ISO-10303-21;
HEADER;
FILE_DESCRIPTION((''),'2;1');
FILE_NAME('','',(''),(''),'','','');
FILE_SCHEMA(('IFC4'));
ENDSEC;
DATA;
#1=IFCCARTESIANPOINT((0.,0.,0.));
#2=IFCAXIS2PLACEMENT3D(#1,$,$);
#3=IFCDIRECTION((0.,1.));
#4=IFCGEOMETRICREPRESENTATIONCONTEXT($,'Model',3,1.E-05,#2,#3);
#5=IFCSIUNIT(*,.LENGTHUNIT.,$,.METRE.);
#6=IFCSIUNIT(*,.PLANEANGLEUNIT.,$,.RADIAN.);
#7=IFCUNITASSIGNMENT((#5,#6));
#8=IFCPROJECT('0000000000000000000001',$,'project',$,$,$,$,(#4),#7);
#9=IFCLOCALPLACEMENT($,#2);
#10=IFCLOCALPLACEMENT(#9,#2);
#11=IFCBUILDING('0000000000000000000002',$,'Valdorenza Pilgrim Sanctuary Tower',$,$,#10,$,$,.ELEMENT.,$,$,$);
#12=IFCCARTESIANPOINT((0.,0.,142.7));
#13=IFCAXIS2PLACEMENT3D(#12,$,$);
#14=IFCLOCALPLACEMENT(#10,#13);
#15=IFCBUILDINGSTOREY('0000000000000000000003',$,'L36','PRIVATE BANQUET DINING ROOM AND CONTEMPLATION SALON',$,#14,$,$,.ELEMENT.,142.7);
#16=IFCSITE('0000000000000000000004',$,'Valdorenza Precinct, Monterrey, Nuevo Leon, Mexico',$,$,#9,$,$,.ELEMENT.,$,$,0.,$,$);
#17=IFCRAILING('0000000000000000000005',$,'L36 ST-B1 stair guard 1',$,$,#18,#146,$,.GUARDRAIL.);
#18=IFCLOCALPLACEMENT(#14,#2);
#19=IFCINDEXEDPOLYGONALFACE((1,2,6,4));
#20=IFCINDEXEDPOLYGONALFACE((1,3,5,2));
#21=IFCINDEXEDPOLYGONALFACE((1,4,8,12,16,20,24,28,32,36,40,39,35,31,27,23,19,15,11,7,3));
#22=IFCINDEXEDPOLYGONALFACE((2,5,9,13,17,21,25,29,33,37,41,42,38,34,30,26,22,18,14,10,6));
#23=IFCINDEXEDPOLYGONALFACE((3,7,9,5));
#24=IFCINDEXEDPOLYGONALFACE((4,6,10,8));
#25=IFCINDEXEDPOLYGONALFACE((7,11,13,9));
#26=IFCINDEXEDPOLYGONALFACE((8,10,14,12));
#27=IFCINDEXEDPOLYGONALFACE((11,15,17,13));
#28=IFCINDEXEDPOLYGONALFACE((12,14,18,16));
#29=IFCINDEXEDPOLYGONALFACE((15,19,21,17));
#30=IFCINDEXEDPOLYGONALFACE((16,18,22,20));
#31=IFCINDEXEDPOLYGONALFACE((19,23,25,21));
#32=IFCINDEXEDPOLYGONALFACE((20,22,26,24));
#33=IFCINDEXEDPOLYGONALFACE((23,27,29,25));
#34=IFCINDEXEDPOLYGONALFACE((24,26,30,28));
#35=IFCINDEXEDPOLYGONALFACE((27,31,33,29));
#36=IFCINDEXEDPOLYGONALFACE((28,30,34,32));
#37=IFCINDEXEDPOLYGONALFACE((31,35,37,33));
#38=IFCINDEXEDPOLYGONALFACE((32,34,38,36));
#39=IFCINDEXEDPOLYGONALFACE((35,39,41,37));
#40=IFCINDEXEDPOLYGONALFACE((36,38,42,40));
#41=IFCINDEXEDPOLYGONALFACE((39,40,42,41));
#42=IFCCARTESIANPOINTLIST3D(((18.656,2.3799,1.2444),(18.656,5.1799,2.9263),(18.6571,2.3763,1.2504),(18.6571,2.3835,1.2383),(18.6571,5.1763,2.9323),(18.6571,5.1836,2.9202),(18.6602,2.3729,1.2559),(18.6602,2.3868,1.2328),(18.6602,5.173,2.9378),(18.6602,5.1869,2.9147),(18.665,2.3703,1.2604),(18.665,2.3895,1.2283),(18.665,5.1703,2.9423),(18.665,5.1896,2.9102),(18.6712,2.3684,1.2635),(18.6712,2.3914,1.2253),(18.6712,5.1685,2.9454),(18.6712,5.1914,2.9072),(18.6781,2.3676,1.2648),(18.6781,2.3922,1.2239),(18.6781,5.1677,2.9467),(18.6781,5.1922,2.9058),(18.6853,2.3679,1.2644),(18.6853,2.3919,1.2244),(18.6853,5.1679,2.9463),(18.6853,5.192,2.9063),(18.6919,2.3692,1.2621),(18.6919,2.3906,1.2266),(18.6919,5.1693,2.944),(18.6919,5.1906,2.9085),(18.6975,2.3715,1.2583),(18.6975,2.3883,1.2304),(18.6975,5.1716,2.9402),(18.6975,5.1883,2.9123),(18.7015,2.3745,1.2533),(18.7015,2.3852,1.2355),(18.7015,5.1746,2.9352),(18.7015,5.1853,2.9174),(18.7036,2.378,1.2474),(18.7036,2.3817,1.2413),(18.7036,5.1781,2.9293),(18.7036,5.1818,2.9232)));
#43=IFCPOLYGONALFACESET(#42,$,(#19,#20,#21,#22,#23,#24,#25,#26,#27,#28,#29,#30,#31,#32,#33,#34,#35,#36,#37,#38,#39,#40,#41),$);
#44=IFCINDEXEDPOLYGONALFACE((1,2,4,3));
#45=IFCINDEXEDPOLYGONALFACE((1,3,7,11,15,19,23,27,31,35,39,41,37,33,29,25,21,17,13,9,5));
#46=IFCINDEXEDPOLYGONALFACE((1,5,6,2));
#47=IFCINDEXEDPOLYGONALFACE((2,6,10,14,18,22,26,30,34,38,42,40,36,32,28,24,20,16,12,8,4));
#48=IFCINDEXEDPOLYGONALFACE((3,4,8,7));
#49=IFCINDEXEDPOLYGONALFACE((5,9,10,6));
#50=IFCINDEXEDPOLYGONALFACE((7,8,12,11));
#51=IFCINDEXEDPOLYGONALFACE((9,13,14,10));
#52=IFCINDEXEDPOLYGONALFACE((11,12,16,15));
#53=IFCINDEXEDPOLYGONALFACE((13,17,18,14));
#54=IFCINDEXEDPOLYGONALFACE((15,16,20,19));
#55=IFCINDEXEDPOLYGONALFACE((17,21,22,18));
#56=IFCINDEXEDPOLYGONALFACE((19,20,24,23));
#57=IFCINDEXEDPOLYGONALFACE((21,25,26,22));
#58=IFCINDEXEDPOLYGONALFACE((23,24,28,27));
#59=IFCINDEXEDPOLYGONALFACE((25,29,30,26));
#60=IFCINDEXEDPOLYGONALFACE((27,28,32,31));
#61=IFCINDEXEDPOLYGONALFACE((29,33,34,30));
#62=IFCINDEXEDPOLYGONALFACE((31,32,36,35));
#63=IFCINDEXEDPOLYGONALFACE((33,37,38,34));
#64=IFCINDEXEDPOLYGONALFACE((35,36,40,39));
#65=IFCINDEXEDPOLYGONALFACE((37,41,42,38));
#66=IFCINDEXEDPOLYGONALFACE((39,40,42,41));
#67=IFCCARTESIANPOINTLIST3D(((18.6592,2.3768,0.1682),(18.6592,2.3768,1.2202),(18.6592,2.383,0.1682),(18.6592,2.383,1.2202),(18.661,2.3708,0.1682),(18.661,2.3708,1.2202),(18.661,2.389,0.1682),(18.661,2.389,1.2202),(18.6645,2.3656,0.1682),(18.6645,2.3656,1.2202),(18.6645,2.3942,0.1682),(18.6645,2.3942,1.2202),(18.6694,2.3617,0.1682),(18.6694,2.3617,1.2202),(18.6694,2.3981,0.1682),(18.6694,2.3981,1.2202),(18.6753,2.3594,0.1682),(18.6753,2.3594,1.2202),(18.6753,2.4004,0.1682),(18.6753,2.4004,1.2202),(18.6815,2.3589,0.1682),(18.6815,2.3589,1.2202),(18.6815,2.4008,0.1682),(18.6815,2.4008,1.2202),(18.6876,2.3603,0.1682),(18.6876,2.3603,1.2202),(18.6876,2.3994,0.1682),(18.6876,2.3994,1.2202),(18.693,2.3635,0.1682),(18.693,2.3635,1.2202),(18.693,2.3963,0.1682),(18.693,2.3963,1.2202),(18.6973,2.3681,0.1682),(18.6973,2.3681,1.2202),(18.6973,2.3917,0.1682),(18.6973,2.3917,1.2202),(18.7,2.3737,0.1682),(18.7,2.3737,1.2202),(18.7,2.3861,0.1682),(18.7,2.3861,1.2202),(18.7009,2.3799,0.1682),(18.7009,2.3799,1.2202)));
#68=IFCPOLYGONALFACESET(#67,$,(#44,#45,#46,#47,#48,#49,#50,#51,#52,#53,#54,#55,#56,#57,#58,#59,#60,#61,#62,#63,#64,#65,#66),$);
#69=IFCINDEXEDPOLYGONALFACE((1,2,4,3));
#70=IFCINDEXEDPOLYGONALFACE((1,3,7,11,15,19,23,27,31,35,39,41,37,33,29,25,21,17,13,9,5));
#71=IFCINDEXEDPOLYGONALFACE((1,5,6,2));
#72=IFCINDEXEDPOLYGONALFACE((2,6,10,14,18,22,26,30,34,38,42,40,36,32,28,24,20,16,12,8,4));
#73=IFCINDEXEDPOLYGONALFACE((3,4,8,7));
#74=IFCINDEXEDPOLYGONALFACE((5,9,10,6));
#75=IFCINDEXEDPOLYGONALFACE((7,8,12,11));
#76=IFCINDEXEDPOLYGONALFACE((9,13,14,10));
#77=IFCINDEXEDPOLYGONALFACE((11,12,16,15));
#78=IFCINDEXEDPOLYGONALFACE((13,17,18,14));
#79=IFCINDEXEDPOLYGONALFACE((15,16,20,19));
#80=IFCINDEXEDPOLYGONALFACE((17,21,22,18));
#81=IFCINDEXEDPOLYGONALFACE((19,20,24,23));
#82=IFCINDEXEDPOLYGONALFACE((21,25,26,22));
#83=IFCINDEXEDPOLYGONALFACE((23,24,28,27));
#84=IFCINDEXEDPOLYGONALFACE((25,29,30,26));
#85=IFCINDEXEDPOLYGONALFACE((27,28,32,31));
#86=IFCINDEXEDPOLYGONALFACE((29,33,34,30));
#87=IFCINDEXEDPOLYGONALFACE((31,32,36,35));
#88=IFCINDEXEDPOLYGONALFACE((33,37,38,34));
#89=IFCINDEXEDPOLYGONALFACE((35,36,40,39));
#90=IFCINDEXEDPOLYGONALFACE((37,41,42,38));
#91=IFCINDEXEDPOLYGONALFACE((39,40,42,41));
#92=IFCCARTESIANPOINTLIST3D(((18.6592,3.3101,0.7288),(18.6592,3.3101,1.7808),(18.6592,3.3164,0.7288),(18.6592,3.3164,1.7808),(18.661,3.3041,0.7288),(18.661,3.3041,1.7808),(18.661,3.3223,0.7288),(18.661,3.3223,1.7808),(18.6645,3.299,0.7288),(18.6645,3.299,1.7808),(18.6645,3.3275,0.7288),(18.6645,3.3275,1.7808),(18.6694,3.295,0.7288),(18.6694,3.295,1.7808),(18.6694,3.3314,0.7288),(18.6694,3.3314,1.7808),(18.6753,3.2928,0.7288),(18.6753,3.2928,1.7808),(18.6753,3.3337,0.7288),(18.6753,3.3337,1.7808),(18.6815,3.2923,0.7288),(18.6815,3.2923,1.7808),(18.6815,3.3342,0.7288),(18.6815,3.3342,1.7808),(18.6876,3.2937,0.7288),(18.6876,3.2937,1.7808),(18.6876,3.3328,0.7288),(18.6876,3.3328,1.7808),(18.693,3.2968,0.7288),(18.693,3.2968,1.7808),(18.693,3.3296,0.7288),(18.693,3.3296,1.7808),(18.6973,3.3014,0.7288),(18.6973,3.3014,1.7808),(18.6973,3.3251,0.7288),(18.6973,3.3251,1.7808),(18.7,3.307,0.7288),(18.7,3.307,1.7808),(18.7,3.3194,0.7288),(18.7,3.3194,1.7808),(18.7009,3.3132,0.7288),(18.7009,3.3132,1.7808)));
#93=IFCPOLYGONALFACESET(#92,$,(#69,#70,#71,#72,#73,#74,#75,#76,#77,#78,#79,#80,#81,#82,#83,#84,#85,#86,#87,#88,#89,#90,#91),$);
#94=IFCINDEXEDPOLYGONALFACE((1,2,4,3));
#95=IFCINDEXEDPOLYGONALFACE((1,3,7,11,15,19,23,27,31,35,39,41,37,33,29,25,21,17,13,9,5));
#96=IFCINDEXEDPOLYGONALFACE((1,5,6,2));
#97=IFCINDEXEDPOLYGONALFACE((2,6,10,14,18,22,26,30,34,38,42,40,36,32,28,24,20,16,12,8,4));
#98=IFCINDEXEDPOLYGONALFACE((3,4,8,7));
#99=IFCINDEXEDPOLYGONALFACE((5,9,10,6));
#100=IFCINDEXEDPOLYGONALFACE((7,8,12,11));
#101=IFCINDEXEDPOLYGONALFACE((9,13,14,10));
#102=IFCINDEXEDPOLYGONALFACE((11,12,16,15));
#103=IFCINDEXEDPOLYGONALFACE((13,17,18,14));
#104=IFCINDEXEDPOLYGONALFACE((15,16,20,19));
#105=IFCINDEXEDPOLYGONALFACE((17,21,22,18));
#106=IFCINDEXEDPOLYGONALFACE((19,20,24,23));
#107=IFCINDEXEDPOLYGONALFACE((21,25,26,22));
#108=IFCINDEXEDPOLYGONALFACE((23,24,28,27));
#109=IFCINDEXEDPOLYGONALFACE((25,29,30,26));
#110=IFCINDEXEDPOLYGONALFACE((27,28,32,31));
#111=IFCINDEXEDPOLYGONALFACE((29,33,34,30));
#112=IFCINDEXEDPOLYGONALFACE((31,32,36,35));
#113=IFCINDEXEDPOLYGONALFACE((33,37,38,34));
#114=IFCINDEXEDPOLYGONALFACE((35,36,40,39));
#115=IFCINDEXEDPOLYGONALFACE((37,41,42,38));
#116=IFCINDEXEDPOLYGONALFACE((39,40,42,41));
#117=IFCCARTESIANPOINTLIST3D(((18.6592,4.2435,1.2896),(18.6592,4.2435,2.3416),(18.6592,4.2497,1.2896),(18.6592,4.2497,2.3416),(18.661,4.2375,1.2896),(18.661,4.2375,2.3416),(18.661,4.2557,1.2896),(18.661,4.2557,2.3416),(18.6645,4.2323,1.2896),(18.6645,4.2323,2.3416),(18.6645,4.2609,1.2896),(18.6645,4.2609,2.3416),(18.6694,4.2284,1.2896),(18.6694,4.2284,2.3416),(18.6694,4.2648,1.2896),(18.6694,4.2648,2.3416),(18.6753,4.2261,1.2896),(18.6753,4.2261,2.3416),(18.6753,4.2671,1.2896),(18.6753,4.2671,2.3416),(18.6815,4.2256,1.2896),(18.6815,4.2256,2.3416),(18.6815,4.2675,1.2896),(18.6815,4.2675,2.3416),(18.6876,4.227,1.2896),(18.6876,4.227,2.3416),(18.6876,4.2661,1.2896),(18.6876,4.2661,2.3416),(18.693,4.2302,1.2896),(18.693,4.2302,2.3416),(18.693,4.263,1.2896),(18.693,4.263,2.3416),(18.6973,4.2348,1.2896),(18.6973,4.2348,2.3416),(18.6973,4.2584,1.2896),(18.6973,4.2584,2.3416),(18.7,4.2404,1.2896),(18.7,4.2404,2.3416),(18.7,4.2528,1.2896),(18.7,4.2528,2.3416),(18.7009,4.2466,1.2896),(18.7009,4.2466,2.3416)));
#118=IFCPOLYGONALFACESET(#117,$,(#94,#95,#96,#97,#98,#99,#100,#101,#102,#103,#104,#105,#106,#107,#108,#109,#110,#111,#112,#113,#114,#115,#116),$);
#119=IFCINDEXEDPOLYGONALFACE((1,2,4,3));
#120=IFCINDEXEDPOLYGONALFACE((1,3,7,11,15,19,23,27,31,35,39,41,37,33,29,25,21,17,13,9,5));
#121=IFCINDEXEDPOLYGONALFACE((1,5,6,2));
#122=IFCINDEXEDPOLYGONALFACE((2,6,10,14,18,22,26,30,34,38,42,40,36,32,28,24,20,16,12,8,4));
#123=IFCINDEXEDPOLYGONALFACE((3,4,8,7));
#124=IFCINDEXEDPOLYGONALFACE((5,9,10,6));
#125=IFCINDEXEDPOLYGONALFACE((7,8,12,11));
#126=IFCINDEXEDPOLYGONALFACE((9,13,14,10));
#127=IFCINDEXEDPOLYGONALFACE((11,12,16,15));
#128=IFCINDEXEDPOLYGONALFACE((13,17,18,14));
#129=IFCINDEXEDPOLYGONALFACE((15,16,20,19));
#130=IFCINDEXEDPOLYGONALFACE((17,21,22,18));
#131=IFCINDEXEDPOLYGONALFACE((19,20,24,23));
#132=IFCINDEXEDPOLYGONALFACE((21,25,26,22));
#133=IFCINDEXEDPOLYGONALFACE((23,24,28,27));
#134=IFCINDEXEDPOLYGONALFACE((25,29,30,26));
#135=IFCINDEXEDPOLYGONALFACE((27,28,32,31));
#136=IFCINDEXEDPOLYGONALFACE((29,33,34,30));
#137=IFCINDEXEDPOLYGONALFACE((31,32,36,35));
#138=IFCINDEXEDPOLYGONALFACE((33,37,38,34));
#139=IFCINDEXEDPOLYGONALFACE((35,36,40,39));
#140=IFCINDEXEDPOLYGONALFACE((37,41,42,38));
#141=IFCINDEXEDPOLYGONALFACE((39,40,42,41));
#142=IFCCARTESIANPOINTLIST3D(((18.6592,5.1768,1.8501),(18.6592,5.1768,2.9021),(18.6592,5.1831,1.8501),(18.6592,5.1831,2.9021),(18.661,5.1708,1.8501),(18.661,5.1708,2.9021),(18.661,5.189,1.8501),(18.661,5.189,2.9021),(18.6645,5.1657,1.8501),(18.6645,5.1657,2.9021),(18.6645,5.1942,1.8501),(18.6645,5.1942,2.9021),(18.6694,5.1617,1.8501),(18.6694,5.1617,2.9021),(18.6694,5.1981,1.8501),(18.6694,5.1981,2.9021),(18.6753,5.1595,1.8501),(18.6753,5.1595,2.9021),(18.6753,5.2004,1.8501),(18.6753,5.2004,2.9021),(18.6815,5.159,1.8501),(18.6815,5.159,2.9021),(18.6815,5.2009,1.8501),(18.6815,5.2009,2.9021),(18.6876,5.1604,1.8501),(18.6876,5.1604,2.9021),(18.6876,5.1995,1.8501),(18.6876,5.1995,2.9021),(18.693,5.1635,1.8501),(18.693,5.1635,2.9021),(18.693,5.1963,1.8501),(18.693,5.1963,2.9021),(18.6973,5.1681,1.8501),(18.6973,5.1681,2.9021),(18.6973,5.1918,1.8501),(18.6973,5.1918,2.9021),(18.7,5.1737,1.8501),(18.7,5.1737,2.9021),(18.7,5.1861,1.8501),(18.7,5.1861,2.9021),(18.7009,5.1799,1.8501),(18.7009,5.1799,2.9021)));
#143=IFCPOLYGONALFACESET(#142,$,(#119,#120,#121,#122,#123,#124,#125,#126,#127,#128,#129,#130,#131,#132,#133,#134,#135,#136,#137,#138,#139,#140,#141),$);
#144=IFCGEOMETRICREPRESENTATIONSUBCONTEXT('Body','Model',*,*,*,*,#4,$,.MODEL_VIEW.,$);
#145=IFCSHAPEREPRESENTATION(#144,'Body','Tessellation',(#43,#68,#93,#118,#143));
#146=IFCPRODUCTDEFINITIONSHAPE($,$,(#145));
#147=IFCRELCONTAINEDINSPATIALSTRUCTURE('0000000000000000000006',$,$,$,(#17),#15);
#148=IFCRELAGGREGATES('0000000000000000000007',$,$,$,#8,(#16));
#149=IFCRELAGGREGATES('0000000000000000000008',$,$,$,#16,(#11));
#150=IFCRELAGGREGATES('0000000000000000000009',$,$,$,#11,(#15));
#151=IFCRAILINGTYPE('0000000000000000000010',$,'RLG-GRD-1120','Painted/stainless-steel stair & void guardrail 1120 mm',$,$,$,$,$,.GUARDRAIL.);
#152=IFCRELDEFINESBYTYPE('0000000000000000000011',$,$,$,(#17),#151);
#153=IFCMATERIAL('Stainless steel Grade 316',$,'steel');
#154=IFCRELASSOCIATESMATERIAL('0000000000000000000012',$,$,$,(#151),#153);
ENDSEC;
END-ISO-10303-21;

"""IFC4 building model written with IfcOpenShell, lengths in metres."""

from ifc_helpers import new_model, si_unit, direction, frame, origin, origin_2d, place, context, subcontext, project, spatial, circle, extrude, material, type_object, element, save


model = new_model("IFC4")

# Units and contexts
model_context = context("Model", 3, precision=1e-05, world=origin(), true_north=direction((0.0, 1.0)))
body_context = subcontext(model_context, "Body", "Model", "MODEL_VIEW")
ifc_project = project(units=[si_unit("LENGTHUNIT", "METRE"), si_unit("PLANEANGLEUNIT", "RADIAN")], contexts=[model_context])

# Site, building, storey
site_placement = place(None, origin())
site = spatial("IfcSite", under=ifc_project, at=site_placement, Name="Valdorenza Precinct, Monterrey, Nuevo Leon, Mexico", CompositionType="ELEMENT", RefElevation=0.0)
building_placement = place(site_placement, origin())
building = spatial("IfcBuilding", under=site, at=building_placement, Name="Valdorenza Pilgrim Sanctuary Tower", CompositionType="ELEMENT")
storey_placement = place(building_placement, frame((0.0, 0.0, 142.7)))
storey = spatial("IfcBuildingStorey", under=building, at=storey_placement, Name="L36", Description="PRIVATE BANQUET DINING ROOM AND CONTEMPLATION SALON", CompositionType="ELEMENT", Elevation=142.7)

# Railing
ifc_material_1 = material(Name="Stainless steel Grade 316", Category="steel")
railing_type_1 = type_object("IfcRailingType", Name="RLG-GRD-1120", Description="Painted/stainless-steel stair & void guardrail 1120 mm", PredefinedType="GUARDRAIL", material=ifc_material_1)
railing_1_placement = place(storey_placement, frame((18.6799, 2.3799, 0.1682)))
element("IfcRailing", 1, at=railing_1_placement, inside=storey, type_object=railing_type_1, Name="L36 ST-B1 stair guard 1", PredefinedType="GUARDRAIL", context=body_context, shape_type="SweptSolid", body=[
    extrude(circle(Radius=0.0239, at=origin_2d()), frame((0.0, 0.0, 1.0762), z_axis=(0.0, 0.857242, 0.514913), x_axis=(-1.0, 0.0, 0.0)), (0.0, 0.0, 1.0), 3.2664),
    extrude(circle(Radius=0.021, at=origin_2d()), origin(), (0.0, 0.0, 1.0), 1.052),
    extrude(circle(Radius=0.021, at=origin_2d()), frame((0.0, 0.9333, 0.5605)), (0.0, 0.0, 1.0), 1.052),
    extrude(circle(Radius=0.021, at=origin_2d()), frame((0.0, 1.8667, 1.1213)), (0.0, 0.0, 1.0), 1.052),
    extrude(circle(Radius=0.021, at=origin_2d()), frame((0.0, 2.8, 1.6819)), (0.0, 0.0, 1.0), 1.052),
])

save(model, "model.ifc")
